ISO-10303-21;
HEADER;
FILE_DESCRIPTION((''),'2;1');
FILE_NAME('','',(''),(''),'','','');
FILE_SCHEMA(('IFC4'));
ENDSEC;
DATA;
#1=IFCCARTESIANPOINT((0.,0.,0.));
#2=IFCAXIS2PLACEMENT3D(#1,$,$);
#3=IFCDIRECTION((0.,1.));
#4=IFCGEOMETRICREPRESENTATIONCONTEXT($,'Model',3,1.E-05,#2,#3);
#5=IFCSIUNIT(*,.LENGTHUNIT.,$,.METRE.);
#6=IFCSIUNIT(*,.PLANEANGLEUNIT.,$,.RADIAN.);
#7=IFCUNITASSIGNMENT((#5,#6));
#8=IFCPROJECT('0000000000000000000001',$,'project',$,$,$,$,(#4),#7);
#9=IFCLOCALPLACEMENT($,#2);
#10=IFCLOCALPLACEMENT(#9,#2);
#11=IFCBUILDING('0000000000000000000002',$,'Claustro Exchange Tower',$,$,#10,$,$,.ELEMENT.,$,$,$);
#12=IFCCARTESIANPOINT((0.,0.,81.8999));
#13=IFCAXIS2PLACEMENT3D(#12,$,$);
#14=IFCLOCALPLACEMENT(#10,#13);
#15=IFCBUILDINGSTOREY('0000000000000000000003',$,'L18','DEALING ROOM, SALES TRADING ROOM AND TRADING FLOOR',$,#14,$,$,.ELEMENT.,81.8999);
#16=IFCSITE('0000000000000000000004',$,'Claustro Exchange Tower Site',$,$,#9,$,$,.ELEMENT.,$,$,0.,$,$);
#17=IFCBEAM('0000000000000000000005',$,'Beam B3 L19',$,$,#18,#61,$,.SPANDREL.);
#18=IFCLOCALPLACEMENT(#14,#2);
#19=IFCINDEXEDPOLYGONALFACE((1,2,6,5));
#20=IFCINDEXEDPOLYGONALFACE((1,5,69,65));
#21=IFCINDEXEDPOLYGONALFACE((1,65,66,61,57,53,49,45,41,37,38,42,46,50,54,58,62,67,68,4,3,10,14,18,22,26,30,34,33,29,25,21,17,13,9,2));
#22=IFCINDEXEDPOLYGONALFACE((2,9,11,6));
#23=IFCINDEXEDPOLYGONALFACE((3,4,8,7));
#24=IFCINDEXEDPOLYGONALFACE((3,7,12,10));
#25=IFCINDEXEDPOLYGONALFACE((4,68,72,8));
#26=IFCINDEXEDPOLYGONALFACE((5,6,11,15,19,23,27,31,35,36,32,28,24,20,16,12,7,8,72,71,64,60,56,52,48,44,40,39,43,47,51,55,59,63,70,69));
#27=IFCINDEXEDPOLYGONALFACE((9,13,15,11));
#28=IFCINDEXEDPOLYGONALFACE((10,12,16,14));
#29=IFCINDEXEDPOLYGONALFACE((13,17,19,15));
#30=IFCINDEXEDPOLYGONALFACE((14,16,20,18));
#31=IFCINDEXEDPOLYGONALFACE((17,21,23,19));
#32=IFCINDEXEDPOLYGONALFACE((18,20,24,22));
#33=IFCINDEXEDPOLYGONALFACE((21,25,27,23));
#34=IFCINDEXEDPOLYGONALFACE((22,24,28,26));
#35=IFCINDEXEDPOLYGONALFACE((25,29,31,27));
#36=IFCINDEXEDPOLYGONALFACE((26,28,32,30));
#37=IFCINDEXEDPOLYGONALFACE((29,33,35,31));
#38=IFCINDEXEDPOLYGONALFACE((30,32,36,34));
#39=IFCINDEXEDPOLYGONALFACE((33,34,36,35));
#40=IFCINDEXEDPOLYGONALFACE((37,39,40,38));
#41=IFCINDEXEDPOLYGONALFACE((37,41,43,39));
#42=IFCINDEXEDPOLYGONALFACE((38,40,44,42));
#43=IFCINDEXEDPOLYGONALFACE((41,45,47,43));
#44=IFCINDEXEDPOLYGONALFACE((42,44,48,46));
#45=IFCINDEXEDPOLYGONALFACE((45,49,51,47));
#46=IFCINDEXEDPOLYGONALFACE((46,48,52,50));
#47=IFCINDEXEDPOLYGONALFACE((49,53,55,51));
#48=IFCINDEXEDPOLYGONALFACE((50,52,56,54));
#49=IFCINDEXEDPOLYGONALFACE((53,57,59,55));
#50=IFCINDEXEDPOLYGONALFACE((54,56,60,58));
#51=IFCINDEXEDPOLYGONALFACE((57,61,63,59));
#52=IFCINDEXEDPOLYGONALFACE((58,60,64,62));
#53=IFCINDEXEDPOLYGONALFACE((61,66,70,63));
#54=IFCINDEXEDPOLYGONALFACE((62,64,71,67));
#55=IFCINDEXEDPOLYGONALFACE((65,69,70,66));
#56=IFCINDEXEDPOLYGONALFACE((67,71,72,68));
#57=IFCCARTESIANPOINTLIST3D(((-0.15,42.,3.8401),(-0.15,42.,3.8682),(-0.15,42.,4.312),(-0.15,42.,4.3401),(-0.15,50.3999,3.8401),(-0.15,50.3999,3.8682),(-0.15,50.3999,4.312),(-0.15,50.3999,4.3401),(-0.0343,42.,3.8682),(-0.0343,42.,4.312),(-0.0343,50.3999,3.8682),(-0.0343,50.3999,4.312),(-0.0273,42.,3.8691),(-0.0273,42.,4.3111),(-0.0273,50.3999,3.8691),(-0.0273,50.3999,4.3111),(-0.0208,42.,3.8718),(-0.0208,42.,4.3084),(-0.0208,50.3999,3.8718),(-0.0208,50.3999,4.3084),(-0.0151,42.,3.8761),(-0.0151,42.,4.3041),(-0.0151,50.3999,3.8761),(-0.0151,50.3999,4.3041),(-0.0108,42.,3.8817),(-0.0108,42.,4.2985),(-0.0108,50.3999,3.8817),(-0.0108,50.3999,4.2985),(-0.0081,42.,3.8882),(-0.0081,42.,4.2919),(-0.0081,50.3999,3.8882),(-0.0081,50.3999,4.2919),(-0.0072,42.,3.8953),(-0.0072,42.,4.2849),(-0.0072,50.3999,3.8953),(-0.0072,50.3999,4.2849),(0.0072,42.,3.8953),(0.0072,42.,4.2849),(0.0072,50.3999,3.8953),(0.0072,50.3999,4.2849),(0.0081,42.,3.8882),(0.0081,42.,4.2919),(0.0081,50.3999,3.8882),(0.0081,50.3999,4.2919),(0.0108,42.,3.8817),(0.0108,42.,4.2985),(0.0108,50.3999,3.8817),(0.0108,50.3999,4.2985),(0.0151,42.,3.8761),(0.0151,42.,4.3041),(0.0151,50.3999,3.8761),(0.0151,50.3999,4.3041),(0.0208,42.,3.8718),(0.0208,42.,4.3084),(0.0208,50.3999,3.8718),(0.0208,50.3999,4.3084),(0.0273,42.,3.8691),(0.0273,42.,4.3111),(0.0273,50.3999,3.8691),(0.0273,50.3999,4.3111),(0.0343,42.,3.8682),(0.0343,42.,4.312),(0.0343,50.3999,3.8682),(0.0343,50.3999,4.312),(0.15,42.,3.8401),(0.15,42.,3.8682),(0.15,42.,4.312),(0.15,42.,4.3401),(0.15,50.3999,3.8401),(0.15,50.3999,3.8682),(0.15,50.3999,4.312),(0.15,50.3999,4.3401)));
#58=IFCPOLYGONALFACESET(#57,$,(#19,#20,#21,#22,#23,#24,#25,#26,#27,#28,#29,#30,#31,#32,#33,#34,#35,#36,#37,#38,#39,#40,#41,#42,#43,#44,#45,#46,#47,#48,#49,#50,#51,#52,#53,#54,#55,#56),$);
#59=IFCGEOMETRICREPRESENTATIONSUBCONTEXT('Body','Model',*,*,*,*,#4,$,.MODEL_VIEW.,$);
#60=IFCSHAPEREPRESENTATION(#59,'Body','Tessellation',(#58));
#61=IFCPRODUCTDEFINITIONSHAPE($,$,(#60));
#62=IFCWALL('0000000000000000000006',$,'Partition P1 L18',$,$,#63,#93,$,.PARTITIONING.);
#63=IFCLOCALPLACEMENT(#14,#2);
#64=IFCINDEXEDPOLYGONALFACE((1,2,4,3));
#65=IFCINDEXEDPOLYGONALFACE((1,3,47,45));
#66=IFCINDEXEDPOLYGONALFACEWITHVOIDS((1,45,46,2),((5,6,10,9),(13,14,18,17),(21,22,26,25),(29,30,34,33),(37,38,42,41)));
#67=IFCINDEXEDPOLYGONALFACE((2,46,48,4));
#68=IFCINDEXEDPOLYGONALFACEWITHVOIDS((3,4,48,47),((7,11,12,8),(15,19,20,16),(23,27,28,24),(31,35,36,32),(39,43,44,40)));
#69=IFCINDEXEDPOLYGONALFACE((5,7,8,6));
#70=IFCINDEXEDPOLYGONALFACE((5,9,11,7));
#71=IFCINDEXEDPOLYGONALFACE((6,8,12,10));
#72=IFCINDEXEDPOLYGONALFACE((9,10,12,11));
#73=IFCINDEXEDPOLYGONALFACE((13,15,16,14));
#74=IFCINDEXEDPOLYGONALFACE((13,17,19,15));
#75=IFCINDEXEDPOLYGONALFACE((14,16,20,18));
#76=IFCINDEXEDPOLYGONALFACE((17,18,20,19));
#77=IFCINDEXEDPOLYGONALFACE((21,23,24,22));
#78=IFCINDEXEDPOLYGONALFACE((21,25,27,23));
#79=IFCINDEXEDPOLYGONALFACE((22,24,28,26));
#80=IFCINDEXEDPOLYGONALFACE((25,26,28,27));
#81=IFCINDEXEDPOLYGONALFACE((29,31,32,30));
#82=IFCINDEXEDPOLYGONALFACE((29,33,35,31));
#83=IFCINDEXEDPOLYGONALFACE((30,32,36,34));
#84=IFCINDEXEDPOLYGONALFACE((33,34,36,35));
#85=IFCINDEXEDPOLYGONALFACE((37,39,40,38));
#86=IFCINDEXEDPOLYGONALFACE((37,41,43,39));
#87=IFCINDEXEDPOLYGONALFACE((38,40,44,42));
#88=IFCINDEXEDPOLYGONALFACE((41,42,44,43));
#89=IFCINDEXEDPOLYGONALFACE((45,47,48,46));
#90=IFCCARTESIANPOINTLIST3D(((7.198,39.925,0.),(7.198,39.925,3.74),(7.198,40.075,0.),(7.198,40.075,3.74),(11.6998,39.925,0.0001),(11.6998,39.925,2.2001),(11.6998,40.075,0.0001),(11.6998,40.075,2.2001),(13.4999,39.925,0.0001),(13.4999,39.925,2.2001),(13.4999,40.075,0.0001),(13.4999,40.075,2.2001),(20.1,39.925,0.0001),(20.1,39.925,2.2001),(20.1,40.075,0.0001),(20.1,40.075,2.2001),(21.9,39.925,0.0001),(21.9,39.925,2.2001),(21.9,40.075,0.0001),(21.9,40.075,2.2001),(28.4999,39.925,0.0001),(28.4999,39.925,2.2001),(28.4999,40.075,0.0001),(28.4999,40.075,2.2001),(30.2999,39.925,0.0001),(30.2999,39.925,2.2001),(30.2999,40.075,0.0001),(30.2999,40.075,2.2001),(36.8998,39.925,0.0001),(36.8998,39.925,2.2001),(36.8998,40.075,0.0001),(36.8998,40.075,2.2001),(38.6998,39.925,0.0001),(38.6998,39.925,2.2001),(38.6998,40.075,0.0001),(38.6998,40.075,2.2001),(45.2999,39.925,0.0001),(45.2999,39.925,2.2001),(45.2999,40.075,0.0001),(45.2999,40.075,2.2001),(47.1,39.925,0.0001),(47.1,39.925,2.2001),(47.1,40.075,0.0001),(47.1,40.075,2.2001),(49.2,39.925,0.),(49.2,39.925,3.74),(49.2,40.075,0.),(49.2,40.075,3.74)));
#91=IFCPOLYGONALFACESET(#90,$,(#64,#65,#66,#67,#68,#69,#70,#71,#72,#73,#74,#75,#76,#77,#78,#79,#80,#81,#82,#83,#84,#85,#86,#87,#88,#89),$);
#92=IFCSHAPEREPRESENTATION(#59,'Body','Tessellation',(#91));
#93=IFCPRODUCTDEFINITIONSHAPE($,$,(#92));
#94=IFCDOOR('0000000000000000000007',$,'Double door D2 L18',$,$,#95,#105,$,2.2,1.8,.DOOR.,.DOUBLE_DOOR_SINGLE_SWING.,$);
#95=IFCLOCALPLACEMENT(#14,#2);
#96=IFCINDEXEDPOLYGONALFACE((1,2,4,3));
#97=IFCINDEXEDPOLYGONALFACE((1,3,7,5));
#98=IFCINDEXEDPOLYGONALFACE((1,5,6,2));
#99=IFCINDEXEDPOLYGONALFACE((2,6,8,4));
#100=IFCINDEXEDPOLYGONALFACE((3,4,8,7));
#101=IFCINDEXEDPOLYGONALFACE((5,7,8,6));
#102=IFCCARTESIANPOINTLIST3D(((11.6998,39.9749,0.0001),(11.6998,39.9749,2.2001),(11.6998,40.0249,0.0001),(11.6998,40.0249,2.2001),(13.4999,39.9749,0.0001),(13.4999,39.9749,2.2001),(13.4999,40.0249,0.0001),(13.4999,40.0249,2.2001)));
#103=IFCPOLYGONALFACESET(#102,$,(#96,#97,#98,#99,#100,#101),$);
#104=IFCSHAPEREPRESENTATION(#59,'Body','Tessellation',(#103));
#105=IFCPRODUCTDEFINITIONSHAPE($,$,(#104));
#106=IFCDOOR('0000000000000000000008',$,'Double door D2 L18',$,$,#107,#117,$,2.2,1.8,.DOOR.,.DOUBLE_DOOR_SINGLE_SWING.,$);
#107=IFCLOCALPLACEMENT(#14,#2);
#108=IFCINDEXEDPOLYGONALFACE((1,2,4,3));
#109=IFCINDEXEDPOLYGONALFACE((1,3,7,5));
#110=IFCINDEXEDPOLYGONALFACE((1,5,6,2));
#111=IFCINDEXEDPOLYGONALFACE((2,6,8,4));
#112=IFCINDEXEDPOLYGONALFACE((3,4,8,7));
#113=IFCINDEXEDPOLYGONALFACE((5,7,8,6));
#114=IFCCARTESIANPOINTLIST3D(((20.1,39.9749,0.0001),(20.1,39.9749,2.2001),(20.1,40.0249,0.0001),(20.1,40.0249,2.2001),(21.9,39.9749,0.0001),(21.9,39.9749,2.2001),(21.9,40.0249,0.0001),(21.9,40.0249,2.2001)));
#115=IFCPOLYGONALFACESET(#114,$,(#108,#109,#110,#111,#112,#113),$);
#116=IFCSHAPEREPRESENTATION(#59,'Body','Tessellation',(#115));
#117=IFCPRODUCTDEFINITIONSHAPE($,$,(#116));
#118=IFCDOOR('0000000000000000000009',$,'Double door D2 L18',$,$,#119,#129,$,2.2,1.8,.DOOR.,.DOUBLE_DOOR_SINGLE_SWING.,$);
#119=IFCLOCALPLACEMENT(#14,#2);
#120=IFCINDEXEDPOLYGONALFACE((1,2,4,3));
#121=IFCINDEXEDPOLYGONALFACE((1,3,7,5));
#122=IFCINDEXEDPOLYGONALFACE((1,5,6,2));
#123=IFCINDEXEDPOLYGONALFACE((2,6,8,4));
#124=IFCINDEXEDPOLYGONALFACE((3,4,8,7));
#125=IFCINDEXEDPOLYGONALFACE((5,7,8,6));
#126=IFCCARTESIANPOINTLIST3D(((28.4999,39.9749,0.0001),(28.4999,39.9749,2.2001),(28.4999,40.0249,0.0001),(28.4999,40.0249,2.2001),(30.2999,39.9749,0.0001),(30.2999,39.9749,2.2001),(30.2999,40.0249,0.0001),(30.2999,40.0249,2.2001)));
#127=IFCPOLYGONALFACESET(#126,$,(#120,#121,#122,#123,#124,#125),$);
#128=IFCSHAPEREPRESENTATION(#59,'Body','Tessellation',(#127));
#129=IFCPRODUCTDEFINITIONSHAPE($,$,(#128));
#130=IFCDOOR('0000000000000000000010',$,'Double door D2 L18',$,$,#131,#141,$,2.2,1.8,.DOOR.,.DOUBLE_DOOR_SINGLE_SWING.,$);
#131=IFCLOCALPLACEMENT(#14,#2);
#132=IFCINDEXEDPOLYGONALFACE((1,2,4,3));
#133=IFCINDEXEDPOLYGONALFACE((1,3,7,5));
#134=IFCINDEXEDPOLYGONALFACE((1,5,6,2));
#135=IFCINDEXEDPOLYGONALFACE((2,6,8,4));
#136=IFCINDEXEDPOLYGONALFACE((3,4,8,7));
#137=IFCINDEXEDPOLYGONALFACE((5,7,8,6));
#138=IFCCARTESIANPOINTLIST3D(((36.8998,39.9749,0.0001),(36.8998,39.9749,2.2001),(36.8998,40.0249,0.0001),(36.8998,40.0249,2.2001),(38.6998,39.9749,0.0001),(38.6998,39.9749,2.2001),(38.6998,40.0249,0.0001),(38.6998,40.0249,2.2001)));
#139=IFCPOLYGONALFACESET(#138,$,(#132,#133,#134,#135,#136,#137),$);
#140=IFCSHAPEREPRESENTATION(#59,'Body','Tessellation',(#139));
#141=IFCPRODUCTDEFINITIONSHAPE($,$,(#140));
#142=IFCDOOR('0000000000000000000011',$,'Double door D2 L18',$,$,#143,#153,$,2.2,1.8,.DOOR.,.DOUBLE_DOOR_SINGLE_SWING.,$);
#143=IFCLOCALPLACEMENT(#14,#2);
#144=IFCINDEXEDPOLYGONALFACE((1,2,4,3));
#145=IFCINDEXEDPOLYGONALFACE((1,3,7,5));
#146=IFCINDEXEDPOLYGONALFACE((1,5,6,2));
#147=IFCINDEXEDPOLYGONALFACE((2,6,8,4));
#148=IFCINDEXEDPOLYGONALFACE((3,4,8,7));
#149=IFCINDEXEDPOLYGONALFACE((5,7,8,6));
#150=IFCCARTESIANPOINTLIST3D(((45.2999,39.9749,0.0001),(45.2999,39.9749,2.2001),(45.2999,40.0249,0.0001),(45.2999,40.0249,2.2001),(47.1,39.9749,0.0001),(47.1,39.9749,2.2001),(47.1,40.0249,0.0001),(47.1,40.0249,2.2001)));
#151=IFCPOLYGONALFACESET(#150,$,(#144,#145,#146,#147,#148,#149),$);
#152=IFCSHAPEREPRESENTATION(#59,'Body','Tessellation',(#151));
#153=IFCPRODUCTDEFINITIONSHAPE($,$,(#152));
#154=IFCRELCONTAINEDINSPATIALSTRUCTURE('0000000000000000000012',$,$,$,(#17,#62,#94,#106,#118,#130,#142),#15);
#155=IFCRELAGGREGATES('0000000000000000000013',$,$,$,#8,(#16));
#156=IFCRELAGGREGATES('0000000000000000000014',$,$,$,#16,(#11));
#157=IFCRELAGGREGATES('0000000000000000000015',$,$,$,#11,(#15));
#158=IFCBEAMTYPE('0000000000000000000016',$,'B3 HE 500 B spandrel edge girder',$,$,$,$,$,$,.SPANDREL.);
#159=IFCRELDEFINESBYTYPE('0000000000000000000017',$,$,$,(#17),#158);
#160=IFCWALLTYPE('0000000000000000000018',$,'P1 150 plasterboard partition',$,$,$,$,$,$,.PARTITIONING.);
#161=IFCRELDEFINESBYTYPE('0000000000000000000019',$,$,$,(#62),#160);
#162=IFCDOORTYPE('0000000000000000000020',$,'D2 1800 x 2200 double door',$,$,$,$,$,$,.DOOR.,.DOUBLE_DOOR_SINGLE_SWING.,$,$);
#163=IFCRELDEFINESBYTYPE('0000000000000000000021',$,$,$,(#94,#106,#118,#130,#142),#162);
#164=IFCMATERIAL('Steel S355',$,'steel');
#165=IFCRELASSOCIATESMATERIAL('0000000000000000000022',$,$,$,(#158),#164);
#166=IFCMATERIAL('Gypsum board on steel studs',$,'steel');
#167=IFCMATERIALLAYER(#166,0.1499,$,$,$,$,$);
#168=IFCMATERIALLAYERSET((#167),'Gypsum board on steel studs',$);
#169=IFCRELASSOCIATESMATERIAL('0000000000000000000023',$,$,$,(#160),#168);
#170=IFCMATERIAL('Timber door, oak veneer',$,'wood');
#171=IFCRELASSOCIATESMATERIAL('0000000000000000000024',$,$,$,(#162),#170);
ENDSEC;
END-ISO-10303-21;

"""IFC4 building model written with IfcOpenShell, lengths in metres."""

from ifc_helpers import new_model, si_unit, direction, frame, frame_2d, origin, origin_2d, place, context, subcontext, project, spatial, rectangle, i_section, extrude, material, layer, layer_set, material_profile, profile_set, type_object, element, fill, save


model = new_model("IFC4")

# Units and contexts
model_context = context("Model", 3, precision=1e-05, world=origin(), true_north=direction((0.0, 1.0)))
body_context = subcontext(model_context, "Body", "Model", "MODEL_VIEW")
ifc_project = project(units=[si_unit("LENGTHUNIT", "METRE"), si_unit("PLANEANGLEUNIT", "RADIAN")], contexts=[model_context])

# Site, building, storey
site_placement = place(None, origin())
site = spatial("IfcSite", under=ifc_project, at=site_placement, Name="Claustro Exchange Tower Site", CompositionType="ELEMENT", RefElevation=0.0)
building_placement = place(site_placement, origin())
building = spatial("IfcBuilding", under=site, at=building_placement, Name="Claustro Exchange Tower", CompositionType="ELEMENT")
storey_placement = place(building_placement, frame((0.0, 0.0, 81.8999)))
storey = spatial("IfcBuildingStorey", under=building, at=storey_placement, Name="L18", Description="DEALING ROOM, SALES TRADING ROOM AND TRADING FLOOR", CompositionType="ELEMENT", Elevation=81.8999)

# Beam
ifc_material_1 = material(Name="Steel S355", Category="steel")
ifc_material_profile_1 = material_profile(ifc_material_1, i_section(OverallWidth=0.3, OverallDepth=0.5, WebThickness=0.0144, FlangeThickness=0.0281, FilletRadius=0.0271, at=origin_2d()), Name="HE 500 B")
ifc_profile_set_1 = profile_set([ifc_material_profile_1], Name="Steel S355")
beam_type_1 = type_object("IfcBeamType", Name="B3 HE 500 B spandrel edge girder", PredefinedType="SPANDREL", material=ifc_profile_set_1)
beam_1_placement = place(storey_placement, frame((0.0, 42.0, 4.0901), z_axis=(0.0, 1.0, 0.0), x_axis=(-1.0, 0.0, 0.0)))
element("IfcBeam", 1, at=beam_1_placement, inside=storey, type_object=beam_type_1, Name="Beam B3 L19", PredefinedType="SPANDREL", context=body_context, shape_type="SweptSolid", body=[
    extrude(i_section(OverallWidth=0.3, OverallDepth=0.5, WebThickness=0.0144, FlangeThickness=0.0281, FilletRadius=0.0271, at=origin_2d()), origin(), (0.0, 0.0, 1.0), 8.3999),
])

# Wall, openings, doors
ifc_material_2 = material(Name="Gypsum board on steel studs", Category="steel")
ifc_layer_1 = layer(ifc_material_2, 0.1499)
ifc_layer_set_1 = layer_set([ifc_layer_1], Name="Gypsum board on steel studs")
wall_type_1 = type_object("IfcWallType", Name="P1 150 plasterboard partition", PredefinedType="PARTITIONING", material=ifc_layer_set_1)
wall_1_placement = place(storey_placement, frame((7.198, 40.0, 0.0), z_axis=(0.0, 0.0, 1.0), x_axis=(1.0, 0.0, 0.0)))
wall_1 = element("IfcWall", 2, at=wall_1_placement, inside=storey, type_object=wall_type_1, Name="Partition P1 L18", PredefinedType="PARTITIONING", context=body_context, shape_type="SweptSolid", body=[
    extrude(rectangle(XDim=42.002, YDim=0.1499, at=frame_2d((21.001, 0.0))), origin(), (0.0, 0.0, 1.0), 3.74),
])
opening_1_placement = place(wall_1_placement, frame((4.502, 0.0, 0.0)))
opening_1 = element("IfcOpeningElement", 3, at=opening_1_placement, cuts=wall_1, PredefinedType="OPENING", context=body_context, shape_type="SweptSolid", body=[
    extrude(rectangle(XDim=1.8, YDim=2.2, at=frame_2d((0.8999, 1.1001))), frame((0.0, 0.085, 0.0), z_axis=(0.0, -1.0, 0.0), x_axis=(1.0, 0.0, 0.0)), (0.0, 0.0, 1.0), 0.1699),
])
opening_2_placement = place(wall_1_placement, frame((12.9021, 0.0, 0.0)))
opening_2 = element("IfcOpeningElement", 4, at=opening_2_placement, cuts=wall_1, PredefinedType="OPENING", context=body_context, shape_type="SweptSolid", body=[
    extrude(rectangle(XDim=1.8, YDim=2.2, at=frame_2d((0.8999, 1.1001))), frame((0.0, 0.085, 0.0), z_axis=(0.0, -1.0, 0.0), x_axis=(1.0, 0.0, 0.0)), (0.0, 0.0, 1.0), 0.1699),
])
opening_3_placement = place(wall_1_placement, frame((21.302, 0.0, 0.0)))
opening_3 = element("IfcOpeningElement", 5, at=opening_3_placement, cuts=wall_1, PredefinedType="OPENING", context=body_context, shape_type="SweptSolid", body=[
    extrude(rectangle(XDim=1.8, YDim=2.2, at=frame_2d((0.8999, 1.1001))), frame((0.0, 0.085, 0.0), z_axis=(0.0, -1.0, 0.0), x_axis=(1.0, 0.0, 0.0)), (0.0, 0.0, 1.0), 0.1699),
])
opening_4_placement = place(wall_1_placement, frame((29.7019, 0.0, 0.0)))
opening_4 = element("IfcOpeningElement", 6, at=opening_4_placement, cuts=wall_1, PredefinedType="OPENING", context=body_context, shape_type="SweptSolid", body=[
    extrude(rectangle(XDim=1.8, YDim=2.2, at=frame_2d((0.8999, 1.1001))), frame((0.0, 0.085, 0.0), z_axis=(0.0, -1.0, 0.0), x_axis=(1.0, 0.0, 0.0)), (0.0, 0.0, 1.0), 0.1699),
])
opening_5_placement = place(wall_1_placement, frame((38.1021, 0.0, 0.0)))
opening_5 = element("IfcOpeningElement", 7, at=opening_5_placement, cuts=wall_1, PredefinedType="OPENING", context=body_context, shape_type="SweptSolid", body=[
    extrude(rectangle(XDim=1.8, YDim=2.2, at=frame_2d((0.8999, 1.1001))), frame((0.0, 0.085, 0.0), z_axis=(0.0, -1.0, 0.0), x_axis=(1.0, 0.0, 0.0)), (0.0, 0.0, 1.0), 0.1699),
])
ifc_material_3 = material(Name="Timber door, oak veneer", Category="wood")
door_type_1 = type_object("IfcDoorType", Name="D2 1800 x 2200 double door", OperationType="DOUBLE_DOOR_SINGLE_SWING", PredefinedType="DOOR", material=ifc_material_3)
door_1_placement = place(opening_1_placement, origin())
door_1 = element("IfcDoor", 8, at=door_1_placement, inside=storey, type_object=door_type_1, Name="Double door D2 L18", OperationType="DOUBLE_DOOR_SINGLE_SWING", OverallHeight=2.2, OverallWidth=1.8, PredefinedType="DOOR", context=body_context, shape_type="SweptSolid", body=[
    extrude(rectangle(XDim=1.8, YDim=2.2, at=frame_2d((0.8999, 1.1001))), frame((0.0, 0.0249, 0.0), z_axis=(0.0, -1.0, 0.0), x_axis=(1.0, 0.0, 0.0)), (0.0, 0.0, 1.0), 0.05),
])
fill(opening_1, door_1)
door_2_placement = place(opening_2_placement, origin())
door_2 = element("IfcDoor", 9, at=door_2_placement, inside=storey, type_object=door_type_1, Name="Double door D2 L18", OperationType="DOUBLE_DOOR_SINGLE_SWING", OverallHeight=2.2, OverallWidth=1.8, PredefinedType="DOOR", context=body_context, shape_type="SweptSolid", body=[
    extrude(rectangle(XDim=1.8, YDim=2.2, at=frame_2d((0.8999, 1.1001))), frame((0.0, 0.0249, 0.0), z_axis=(0.0, -1.0, 0.0), x_axis=(1.0, 0.0, 0.0)), (0.0, 0.0, 1.0), 0.05),
])
fill(opening_2, door_2)
door_3_placement = place(opening_3_placement, origin())
door_3 = element("IfcDoor", 10, at=door_3_placement, inside=storey, type_object=door_type_1, Name="Double door D2 L18", OperationType="DOUBLE_DOOR_SINGLE_SWING", OverallHeight=2.2, OverallWidth=1.8, PredefinedType="DOOR", context=body_context, shape_type="SweptSolid", body=[
    extrude(rectangle(XDim=1.8, YDim=2.2, at=frame_2d((0.8999, 1.1001))), frame((0.0, 0.0249, 0.0), z_axis=(0.0, -1.0, 0.0), x_axis=(1.0, 0.0, 0.0)), (0.0, 0.0, 1.0), 0.05),
])
fill(opening_3, door_3)
door_4_placement = place(opening_4_placement, origin())
door_4 = element("IfcDoor", 11, at=door_4_placement, inside=storey, type_object=door_type_1, Name="Double door D2 L18", OperationType="DOUBLE_DOOR_SINGLE_SWING", OverallHeight=2.2, OverallWidth=1.8, PredefinedType="DOOR", context=body_context, shape_type="SweptSolid", body=[
    extrude(rectangle(XDim=1.8, YDim=2.2, at=frame_2d((0.8999, 1.1001))), frame((0.0, 0.0249, 0.0), z_axis=(0.0, -1.0, 0.0), x_axis=(1.0, 0.0, 0.0)), (0.0, 0.0, 1.0), 0.05),
])
fill(opening_4, door_4)
door_5_placement = place(opening_5_placement, origin())
door_5 = element("IfcDoor", 12, at=door_5_placement, inside=storey, type_object=door_type_1, Name="Double door D2 L18", OperationType="DOUBLE_DOOR_SINGLE_SWING", OverallHeight=2.2, OverallWidth=1.8, PredefinedType="DOOR", context=body_context, shape_type="SweptSolid", body=[
    extrude(rectangle(XDim=1.8, YDim=2.2, at=frame_2d((0.8999, 1.1001))), frame((0.0, 0.0249, 0.0), z_axis=(0.0, -1.0, 0.0), x_axis=(1.0, 0.0, 0.0)), (0.0, 0.0, 1.0), 0.05),
])
fill(opening_5, door_5)

save(model, "model.ifc")
